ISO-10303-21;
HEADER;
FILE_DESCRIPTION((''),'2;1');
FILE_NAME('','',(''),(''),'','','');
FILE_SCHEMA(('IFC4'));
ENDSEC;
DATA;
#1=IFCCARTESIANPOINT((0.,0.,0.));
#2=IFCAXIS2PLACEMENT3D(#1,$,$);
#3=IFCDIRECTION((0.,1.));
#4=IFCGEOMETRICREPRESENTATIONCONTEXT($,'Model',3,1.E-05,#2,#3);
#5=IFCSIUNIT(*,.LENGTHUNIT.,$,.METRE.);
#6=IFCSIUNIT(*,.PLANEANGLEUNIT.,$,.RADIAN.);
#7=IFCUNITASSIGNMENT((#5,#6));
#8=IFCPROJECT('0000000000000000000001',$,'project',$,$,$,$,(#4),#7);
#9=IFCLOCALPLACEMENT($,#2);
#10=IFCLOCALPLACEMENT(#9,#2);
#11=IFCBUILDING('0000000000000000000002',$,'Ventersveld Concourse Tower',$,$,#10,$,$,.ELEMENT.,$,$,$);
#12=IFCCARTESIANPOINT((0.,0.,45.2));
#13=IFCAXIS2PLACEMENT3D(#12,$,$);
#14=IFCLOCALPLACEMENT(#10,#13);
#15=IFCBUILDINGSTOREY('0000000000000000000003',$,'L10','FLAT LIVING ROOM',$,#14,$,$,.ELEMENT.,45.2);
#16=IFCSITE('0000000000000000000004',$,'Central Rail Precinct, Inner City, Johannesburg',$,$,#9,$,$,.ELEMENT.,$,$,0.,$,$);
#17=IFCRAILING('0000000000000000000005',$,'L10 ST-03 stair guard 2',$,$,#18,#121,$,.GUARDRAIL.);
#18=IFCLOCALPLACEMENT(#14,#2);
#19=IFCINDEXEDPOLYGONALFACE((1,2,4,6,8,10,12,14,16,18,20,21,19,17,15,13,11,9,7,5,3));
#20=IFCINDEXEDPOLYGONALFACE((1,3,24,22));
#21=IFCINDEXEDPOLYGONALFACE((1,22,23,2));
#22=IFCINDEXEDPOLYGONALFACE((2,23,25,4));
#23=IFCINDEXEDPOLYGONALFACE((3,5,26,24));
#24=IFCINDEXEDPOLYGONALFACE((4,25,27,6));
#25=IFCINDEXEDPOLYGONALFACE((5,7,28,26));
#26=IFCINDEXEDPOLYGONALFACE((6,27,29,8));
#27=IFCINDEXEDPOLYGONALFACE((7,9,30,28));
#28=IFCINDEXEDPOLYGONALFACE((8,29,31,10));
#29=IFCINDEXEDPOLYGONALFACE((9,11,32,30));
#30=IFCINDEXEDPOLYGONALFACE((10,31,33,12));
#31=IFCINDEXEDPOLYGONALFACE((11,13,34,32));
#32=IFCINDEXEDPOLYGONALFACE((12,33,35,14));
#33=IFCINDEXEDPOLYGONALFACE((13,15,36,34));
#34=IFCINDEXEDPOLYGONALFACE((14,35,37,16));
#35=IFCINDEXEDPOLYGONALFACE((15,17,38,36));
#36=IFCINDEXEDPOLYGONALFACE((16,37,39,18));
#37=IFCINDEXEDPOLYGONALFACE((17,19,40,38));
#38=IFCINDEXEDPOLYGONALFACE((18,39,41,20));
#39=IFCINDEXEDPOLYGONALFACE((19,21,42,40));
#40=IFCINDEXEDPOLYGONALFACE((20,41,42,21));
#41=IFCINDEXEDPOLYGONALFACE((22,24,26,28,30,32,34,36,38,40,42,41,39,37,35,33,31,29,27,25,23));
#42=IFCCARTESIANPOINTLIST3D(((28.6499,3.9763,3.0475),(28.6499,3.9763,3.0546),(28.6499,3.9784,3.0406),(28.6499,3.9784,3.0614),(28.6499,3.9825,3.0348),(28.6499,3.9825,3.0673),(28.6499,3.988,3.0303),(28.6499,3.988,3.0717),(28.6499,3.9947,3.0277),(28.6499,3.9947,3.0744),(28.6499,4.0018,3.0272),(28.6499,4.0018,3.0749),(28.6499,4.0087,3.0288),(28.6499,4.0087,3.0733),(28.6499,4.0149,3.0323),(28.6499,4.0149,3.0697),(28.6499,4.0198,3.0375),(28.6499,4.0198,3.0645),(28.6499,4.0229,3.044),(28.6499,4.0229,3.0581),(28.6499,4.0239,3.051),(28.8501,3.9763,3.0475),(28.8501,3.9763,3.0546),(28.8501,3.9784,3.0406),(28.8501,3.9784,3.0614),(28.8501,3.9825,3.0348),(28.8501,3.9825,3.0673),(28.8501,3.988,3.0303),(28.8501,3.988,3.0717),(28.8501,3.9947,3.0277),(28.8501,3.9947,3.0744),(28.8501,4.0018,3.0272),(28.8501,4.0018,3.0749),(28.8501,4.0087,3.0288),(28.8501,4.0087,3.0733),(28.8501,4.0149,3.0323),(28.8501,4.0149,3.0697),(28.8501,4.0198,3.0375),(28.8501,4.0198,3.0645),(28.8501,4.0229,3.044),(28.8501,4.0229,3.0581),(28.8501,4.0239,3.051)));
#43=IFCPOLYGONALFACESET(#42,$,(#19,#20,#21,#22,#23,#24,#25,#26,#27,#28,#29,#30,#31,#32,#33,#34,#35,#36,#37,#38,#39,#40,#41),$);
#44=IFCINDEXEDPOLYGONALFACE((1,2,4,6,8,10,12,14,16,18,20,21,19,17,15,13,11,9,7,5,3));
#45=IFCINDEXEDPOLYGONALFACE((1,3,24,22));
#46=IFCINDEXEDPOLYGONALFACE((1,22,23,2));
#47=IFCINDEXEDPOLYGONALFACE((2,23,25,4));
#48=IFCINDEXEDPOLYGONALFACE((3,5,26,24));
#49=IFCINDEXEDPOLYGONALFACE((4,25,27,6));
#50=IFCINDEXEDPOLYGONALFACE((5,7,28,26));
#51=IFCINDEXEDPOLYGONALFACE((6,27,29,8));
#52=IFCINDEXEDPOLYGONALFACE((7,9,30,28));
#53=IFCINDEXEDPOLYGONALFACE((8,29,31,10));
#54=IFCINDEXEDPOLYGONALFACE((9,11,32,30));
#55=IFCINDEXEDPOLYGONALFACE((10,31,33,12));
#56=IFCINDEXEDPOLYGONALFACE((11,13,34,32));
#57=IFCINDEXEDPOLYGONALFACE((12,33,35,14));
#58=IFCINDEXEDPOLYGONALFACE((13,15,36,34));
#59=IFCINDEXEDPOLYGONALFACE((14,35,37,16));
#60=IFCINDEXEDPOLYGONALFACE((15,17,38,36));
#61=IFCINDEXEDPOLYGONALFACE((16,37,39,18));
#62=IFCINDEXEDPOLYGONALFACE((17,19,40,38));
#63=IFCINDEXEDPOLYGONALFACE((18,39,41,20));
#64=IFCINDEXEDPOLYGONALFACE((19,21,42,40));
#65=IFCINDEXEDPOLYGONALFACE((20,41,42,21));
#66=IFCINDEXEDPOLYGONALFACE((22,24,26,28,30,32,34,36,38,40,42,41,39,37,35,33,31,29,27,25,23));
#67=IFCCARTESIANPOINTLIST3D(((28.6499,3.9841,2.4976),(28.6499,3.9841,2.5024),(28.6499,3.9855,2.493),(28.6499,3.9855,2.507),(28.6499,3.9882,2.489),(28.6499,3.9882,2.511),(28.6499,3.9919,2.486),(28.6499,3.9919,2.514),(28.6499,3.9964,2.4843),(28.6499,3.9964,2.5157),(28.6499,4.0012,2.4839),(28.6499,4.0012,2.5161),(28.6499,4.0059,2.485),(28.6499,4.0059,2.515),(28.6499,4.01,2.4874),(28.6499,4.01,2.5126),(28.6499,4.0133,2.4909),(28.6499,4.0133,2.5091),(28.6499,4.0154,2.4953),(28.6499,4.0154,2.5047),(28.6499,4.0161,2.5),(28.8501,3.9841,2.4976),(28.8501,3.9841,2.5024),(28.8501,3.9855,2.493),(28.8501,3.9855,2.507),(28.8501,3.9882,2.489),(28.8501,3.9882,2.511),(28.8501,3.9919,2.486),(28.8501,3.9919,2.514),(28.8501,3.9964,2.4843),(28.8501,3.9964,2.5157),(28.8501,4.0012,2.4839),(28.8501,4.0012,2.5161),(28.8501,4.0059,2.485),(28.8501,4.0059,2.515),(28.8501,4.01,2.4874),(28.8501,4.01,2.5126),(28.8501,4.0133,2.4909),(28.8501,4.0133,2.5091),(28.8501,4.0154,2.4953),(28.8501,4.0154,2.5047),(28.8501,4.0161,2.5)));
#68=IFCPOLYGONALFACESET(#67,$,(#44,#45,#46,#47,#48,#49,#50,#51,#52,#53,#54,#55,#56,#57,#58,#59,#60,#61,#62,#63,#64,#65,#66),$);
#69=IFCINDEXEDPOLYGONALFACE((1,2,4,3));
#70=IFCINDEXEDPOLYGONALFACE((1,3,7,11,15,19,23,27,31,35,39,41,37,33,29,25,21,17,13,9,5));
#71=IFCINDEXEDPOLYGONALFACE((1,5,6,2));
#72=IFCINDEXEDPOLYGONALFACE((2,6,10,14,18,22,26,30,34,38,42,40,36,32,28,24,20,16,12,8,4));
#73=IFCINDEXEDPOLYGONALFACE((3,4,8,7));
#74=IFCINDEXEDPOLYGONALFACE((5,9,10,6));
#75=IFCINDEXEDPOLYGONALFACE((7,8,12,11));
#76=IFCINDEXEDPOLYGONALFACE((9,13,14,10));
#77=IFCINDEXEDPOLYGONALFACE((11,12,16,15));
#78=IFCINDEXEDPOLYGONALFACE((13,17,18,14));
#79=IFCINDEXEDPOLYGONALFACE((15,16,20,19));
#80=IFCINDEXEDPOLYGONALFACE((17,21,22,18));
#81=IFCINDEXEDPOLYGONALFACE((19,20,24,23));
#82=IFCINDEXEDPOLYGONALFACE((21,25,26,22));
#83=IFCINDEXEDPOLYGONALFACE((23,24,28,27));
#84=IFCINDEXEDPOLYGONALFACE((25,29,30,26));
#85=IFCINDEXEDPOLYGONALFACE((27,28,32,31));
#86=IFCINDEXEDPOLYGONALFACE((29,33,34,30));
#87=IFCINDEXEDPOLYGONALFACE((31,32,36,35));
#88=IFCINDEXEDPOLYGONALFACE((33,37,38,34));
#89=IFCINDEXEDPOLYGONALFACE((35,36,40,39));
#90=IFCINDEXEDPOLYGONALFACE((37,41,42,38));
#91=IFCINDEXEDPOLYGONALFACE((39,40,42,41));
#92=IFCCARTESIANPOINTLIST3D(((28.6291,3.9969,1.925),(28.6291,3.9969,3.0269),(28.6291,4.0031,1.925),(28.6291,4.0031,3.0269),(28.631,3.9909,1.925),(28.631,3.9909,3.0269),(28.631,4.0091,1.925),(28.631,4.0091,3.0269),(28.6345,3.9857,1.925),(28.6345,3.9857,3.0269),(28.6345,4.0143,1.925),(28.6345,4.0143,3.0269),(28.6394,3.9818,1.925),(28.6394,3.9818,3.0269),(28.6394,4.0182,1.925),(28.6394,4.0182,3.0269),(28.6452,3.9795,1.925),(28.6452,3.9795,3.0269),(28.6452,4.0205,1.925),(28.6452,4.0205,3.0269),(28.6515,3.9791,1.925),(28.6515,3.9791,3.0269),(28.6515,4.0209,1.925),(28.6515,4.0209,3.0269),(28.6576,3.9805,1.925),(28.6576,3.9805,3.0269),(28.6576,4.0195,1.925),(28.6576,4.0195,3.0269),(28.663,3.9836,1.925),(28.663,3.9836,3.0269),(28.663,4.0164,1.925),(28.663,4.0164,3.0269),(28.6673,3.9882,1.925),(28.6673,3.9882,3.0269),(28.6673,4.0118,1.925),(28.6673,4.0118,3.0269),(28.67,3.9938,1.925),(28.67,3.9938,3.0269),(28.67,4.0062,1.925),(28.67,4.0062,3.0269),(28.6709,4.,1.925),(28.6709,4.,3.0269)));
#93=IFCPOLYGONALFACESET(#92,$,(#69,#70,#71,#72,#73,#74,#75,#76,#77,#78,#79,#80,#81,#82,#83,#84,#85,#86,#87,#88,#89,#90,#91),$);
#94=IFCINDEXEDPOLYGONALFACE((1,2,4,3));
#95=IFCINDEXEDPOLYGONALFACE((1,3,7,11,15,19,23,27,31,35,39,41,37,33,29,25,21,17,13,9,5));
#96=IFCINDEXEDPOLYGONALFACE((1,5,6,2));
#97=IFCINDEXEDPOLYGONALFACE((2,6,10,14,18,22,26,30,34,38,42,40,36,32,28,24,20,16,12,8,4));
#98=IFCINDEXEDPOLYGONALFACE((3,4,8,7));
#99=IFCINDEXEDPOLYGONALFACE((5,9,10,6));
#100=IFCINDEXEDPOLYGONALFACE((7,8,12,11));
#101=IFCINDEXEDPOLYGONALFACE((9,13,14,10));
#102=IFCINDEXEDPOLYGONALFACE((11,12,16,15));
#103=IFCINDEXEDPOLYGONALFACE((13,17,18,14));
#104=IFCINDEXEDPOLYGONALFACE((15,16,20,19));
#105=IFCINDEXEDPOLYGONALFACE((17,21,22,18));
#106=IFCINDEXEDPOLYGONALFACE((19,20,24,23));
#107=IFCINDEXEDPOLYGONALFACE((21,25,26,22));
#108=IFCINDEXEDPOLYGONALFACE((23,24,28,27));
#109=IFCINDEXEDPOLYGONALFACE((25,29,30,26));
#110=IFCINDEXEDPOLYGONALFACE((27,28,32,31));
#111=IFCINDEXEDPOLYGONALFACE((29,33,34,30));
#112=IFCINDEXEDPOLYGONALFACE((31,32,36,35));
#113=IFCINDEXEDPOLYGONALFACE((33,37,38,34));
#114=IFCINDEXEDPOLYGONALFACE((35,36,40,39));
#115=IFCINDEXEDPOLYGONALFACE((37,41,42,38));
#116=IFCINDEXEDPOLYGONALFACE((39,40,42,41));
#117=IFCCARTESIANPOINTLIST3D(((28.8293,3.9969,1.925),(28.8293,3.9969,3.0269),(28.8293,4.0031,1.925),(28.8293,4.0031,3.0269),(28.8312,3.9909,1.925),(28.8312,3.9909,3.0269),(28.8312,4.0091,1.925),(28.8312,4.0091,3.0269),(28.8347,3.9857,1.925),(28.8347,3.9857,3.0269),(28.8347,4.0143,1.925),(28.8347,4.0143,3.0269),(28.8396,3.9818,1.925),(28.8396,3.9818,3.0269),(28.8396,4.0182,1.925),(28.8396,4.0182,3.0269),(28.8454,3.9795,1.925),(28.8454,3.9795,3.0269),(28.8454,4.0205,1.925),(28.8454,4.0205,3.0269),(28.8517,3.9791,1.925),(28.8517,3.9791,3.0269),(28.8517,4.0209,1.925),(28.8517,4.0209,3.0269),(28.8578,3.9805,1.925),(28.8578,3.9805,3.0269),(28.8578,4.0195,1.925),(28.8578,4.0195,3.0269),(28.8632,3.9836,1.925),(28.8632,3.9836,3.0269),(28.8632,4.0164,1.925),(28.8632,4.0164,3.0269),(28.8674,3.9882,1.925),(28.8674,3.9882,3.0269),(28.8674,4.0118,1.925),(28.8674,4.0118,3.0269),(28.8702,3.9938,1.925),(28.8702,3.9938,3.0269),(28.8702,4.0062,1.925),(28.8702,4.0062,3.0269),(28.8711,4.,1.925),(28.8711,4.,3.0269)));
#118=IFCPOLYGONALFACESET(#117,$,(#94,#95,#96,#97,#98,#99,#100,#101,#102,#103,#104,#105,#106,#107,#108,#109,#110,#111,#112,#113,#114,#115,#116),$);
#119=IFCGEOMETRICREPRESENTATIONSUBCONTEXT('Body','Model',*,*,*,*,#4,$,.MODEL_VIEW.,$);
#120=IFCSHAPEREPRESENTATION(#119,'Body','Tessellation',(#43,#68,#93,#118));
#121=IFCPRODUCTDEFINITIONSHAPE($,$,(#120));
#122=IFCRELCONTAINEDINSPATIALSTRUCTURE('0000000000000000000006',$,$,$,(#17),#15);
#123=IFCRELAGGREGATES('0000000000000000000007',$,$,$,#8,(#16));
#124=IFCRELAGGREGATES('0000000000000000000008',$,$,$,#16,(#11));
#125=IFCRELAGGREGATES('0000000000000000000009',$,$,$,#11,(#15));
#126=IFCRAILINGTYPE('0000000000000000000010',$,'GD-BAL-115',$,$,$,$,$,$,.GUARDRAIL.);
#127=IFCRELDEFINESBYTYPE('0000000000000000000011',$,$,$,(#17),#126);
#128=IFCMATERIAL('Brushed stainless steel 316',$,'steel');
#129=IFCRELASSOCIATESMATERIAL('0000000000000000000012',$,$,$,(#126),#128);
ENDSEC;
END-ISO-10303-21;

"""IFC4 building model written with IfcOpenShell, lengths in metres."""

from ifc_helpers import new_model, si_unit, direction, frame, origin, origin_2d, place, context, subcontext, project, spatial, circle, extrude, material, type_object, element, save


model = new_model("IFC4")

# Units and contexts
model_context = context("Model", 3, precision=1e-05, world=origin(), true_north=direction((0.0, 1.0)))
body_context = subcontext(model_context, "Body", "Model", "MODEL_VIEW")
ifc_project = project(units=[si_unit("LENGTHUNIT", "METRE"), si_unit("PLANEANGLEUNIT", "RADIAN")], contexts=[model_context])

# Site, building, storey
site_placement = place(None, origin())
site = spatial("IfcSite", under=ifc_project, at=site_placement, Name="Central Rail Precinct, Inner City, Johannesburg", CompositionType="ELEMENT", RefElevation=0.0)
building_placement = place(site_placement, origin())
building = spatial("IfcBuilding", under=site, at=building_placement, Name="Ventersveld Concourse Tower", CompositionType="ELEMENT")
storey_placement = place(building_placement, frame((0.0, 0.0, 45.2)))
storey = spatial("IfcBuildingStorey", under=building, at=storey_placement, Name="L10", Description="FLAT LIVING ROOM", CompositionType="ELEMENT", Elevation=45.2)

# Railing
ifc_material_1 = material(Name="Brushed stainless steel 316", Category="steel")
railing_type_1 = type_object("IfcRailingType", Name="GD-BAL-115", PredefinedType="GUARDRAIL", material=ifc_material_1)
railing_1_placement = place(storey_placement, frame((28.6499, 4.0, 1.925)))
element("IfcRailing", 1, at=railing_1_placement, inside=storey, type_object=railing_type_1, Name="L10 ST-03 stair guard 2", PredefinedType="GUARDRAIL", context=body_context, shape_type="SweptSolid", body=[
    extrude(circle(Radius=0.0239, at=origin_2d()), frame((0.0, 0.0, 1.126), z_axis=(1.0, 0.0, 0.0), x_axis=(0.0, 1.0, 0.0)), (0.0, 0.0, 1.0), 0.2002),
    extrude(circle(Radius=0.0161, at=origin_2d()), frame((0.0, 0.0, 0.575), z_axis=(1.0, 0.0, 0.0), x_axis=(0.0, 1.0, 0.0)), (0.0, 0.0, 1.0), 0.2002),
    extrude(circle(Radius=0.021, at=origin_2d()), origin(), (0.0, 0.0, 1.0), 1.1018),
    extrude(circle(Radius=0.021, at=origin_2d()), frame((0.2002, 0.0, 0.0)), (0.0, 0.0, 1.0), 1.1018),
])

save(model, "model.ifc")
